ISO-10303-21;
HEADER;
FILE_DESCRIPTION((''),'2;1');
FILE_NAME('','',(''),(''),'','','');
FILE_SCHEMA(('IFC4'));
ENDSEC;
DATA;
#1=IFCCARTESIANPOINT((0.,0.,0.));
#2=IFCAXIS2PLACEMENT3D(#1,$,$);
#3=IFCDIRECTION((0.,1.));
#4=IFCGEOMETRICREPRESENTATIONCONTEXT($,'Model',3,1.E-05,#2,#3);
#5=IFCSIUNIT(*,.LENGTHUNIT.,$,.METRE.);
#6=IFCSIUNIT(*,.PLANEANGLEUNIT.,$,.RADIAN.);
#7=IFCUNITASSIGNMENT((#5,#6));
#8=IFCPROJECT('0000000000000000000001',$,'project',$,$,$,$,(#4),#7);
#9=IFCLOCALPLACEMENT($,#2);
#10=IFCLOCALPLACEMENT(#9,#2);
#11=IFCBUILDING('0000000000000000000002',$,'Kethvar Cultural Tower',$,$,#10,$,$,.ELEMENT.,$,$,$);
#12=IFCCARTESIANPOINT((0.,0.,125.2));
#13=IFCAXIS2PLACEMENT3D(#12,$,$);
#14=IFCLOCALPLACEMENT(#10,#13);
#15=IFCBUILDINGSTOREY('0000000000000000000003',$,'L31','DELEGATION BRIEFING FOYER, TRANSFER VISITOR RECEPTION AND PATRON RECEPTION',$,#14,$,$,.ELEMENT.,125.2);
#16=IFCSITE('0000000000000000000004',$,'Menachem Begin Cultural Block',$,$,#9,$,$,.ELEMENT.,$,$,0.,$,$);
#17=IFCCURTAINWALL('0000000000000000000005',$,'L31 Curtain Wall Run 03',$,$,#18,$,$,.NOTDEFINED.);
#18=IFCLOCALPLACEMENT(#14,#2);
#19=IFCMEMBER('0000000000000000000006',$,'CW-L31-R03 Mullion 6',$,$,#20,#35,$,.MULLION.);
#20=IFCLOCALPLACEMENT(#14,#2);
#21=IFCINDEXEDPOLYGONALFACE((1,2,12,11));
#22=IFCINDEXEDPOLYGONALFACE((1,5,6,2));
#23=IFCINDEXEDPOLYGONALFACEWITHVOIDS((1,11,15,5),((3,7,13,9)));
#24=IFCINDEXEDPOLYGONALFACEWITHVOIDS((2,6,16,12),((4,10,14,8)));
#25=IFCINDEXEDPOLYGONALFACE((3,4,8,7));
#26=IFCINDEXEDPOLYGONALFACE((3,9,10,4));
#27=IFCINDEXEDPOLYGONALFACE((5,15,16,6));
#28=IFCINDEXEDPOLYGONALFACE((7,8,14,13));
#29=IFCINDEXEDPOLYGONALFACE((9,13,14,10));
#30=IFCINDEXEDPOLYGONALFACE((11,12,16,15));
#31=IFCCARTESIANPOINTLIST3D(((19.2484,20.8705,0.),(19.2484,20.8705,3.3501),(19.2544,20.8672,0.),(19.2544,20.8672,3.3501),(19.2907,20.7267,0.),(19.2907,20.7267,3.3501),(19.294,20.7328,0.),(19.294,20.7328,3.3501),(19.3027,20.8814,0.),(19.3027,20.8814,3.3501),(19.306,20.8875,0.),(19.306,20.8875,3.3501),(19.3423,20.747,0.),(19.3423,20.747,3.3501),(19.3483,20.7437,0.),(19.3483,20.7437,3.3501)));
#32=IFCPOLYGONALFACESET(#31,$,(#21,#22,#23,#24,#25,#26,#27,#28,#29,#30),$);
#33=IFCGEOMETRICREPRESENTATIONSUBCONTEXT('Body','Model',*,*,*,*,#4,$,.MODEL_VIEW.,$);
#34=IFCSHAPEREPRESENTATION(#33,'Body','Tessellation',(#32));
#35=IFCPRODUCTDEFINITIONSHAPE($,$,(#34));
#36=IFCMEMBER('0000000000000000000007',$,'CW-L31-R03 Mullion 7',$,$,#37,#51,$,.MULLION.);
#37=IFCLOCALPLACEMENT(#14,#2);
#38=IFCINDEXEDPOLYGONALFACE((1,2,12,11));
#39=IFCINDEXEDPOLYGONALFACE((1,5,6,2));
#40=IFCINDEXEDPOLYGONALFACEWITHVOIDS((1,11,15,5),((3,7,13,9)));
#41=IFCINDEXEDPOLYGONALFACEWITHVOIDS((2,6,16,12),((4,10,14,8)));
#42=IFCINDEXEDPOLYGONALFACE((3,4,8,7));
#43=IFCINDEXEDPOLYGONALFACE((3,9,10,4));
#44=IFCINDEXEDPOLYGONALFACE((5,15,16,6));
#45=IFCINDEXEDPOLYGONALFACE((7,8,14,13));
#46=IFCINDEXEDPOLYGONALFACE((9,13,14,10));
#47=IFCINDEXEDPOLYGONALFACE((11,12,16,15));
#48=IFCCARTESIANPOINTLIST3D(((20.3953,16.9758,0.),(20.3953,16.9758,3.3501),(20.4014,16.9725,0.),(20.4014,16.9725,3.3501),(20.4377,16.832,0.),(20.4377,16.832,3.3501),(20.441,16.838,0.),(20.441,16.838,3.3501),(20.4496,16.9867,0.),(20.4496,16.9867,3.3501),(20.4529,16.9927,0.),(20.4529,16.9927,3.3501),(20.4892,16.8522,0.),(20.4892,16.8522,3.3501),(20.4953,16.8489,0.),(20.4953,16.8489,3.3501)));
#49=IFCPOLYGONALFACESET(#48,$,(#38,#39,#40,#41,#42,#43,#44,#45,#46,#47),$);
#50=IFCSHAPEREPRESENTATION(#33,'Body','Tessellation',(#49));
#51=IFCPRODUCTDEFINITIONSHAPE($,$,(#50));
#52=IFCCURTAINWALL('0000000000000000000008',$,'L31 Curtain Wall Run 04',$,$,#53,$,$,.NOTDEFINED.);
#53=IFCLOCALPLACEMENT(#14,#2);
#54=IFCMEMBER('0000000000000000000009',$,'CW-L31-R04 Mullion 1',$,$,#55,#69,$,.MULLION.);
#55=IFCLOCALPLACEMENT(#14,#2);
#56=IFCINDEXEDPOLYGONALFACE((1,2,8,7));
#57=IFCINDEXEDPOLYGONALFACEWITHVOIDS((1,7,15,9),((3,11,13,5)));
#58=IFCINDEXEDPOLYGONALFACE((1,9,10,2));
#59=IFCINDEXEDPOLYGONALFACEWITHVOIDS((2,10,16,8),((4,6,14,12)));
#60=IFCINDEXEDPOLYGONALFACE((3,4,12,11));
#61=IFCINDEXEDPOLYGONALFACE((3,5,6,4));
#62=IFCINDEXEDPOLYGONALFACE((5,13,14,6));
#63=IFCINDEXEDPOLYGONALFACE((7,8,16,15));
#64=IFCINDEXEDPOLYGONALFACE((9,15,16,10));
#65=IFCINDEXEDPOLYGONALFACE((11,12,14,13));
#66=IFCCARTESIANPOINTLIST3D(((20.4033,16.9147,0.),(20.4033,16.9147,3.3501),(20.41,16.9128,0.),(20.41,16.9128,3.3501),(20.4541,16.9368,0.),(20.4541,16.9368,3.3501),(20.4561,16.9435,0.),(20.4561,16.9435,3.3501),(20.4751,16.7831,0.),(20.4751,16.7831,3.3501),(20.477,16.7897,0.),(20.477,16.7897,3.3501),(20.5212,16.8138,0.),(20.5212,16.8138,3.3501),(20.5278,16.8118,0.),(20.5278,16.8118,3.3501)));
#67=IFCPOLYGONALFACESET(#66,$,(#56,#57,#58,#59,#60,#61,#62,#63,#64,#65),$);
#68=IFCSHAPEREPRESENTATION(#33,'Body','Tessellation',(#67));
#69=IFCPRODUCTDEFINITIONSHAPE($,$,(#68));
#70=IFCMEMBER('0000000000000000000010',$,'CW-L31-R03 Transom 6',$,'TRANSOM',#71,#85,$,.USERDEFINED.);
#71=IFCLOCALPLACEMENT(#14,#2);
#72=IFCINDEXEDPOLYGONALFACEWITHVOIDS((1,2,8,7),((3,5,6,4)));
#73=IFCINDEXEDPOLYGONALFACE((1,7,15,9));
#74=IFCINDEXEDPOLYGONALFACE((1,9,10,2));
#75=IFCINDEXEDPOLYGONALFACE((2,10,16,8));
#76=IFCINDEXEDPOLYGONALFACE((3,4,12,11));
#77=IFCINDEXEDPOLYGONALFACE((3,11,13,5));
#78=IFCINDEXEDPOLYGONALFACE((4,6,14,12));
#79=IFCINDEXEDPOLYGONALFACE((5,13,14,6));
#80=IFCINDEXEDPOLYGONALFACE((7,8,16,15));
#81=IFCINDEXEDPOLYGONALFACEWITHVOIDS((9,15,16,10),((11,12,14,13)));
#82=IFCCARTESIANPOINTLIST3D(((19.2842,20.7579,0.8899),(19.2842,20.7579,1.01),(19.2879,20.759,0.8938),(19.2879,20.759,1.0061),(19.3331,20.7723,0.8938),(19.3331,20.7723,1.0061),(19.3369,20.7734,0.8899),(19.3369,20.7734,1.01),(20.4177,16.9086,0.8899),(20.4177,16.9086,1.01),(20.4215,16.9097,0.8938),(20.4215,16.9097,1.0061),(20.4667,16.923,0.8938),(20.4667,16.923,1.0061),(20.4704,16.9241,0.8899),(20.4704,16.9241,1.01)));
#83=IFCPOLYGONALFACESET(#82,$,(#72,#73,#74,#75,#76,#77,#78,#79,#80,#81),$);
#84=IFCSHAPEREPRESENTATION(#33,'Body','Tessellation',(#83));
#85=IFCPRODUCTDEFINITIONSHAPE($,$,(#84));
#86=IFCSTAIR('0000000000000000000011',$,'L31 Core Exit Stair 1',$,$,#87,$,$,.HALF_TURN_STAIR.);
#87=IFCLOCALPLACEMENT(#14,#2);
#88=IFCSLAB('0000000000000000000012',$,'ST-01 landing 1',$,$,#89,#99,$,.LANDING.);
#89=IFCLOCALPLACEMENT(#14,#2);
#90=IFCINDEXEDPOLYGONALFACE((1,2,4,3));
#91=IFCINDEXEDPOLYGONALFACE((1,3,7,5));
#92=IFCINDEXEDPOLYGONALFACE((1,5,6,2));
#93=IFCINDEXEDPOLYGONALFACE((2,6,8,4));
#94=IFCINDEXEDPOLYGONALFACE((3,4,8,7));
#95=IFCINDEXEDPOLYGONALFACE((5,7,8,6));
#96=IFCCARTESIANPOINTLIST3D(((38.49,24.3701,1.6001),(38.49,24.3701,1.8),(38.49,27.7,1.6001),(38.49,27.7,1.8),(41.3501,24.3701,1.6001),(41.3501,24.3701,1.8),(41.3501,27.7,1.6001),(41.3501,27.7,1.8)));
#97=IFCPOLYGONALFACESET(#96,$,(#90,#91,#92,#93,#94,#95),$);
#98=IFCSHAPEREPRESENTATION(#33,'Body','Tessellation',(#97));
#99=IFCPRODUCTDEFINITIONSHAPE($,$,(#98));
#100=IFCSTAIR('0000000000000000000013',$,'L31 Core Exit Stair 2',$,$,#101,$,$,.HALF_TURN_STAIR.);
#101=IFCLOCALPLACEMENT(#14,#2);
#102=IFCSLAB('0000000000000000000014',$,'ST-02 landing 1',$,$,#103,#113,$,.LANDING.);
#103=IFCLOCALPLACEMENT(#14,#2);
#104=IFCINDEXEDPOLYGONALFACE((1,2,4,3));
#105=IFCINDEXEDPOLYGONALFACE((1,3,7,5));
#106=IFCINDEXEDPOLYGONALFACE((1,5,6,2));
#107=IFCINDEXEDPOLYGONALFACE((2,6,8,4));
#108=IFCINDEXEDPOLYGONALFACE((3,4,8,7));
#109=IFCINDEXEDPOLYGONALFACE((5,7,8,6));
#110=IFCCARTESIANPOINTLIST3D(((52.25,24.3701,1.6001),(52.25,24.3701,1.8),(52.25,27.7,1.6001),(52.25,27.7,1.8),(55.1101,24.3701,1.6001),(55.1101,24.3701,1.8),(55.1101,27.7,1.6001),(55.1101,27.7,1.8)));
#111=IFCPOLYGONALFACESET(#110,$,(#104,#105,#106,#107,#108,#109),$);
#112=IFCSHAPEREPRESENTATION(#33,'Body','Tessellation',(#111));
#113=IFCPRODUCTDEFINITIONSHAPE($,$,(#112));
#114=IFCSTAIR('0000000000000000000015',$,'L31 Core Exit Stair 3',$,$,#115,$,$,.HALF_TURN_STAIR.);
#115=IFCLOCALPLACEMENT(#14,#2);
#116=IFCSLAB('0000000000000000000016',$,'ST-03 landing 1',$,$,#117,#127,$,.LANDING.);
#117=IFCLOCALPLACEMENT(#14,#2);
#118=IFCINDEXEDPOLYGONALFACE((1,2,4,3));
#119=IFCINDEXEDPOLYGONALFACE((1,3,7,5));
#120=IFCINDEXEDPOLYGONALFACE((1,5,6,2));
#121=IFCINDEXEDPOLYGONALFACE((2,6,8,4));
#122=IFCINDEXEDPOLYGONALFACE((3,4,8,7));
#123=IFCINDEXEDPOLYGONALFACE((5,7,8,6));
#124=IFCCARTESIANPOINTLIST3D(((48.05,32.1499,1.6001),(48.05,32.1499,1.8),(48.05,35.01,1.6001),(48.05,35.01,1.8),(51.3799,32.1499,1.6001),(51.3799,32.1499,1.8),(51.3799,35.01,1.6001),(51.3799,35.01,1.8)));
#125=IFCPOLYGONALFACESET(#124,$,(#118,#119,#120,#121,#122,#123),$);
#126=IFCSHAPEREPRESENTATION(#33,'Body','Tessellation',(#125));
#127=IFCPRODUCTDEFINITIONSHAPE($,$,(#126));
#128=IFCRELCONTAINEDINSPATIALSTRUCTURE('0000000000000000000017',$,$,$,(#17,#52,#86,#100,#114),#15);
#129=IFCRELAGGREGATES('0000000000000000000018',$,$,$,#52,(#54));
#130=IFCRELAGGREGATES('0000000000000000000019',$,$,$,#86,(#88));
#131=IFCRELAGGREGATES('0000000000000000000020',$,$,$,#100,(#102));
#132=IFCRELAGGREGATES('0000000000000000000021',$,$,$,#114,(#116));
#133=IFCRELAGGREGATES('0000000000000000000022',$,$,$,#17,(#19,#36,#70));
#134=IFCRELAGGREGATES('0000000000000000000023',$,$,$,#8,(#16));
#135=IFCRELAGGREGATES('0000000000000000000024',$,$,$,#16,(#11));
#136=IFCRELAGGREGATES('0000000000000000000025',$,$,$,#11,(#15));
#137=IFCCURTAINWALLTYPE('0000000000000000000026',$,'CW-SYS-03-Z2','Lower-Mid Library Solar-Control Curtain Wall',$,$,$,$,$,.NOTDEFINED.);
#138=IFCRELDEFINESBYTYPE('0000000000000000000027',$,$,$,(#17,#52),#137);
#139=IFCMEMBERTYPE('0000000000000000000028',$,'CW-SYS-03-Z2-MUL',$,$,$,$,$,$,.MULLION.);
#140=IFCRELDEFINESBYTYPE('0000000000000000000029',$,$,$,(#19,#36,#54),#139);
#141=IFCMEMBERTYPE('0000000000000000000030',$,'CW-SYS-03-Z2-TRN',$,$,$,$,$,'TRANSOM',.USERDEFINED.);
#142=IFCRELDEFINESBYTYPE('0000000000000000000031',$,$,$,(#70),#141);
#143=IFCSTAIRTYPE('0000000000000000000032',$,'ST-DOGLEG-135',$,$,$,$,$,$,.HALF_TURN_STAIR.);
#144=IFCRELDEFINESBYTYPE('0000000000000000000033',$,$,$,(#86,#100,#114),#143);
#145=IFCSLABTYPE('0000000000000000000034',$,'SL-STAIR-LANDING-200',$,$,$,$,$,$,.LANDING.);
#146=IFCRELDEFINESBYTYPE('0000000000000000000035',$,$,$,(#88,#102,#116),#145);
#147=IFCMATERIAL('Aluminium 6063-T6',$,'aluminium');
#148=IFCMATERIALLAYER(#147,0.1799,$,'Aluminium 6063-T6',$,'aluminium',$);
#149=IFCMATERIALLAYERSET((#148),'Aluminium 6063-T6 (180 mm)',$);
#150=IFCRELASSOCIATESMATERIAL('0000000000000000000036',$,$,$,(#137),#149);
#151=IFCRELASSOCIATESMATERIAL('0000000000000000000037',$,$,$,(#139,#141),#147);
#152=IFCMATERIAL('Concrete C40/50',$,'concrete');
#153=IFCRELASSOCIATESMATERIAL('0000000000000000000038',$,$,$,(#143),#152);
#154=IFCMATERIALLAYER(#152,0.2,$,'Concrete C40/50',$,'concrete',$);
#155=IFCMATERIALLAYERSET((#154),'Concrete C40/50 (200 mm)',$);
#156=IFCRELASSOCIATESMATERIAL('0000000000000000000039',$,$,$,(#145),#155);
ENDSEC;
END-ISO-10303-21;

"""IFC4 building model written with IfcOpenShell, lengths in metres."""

from ifc_helpers import new_model, si_unit, direction, frame, origin, origin_2d, place, context, subcontext, project, spatial, polyline, hollow_rectangle, outline, extrude, source, transform, mapped, material, layer, layer_set, material_profile, profile_set, type_object, element, aggregate, save


model = new_model("IFC4")

# Units and contexts
model_context = context("Model", 3, precision=1e-05, world=origin(), true_north=direction((0.0, 1.0)))
body_context = subcontext(model_context, "Body", "Model", "MODEL_VIEW")
ifc_project = project(units=[si_unit("LENGTHUNIT", "METRE"), si_unit("PLANEANGLEUNIT", "RADIAN")], contexts=[model_context])

# Site, building, storey
site_placement = place(None, origin())
site = spatial("IfcSite", under=ifc_project, at=site_placement, Name="Menachem Begin Cultural Block", CompositionType="ELEMENT", RefElevation=0.0)
building_placement = place(site_placement, origin())
building = spatial("IfcBuilding", under=site, at=building_placement, Name="Kethvar Cultural Tower", CompositionType="ELEMENT")
storey_placement = place(building_placement, frame((0.0, 0.0, 125.2)))
storey = spatial("IfcBuildingStorey", under=building, at=storey_placement, Name="L31", Description="DELEGATION BRIEFING FOYER, TRANSFER VISITOR RECEPTION AND PATRON RECEPTION", CompositionType="ELEMENT", Elevation=125.2)

# Curtain wall, members
ifc_material_1 = material(Name="Aluminium 6063-T6", Category="aluminium")
ifc_layer_1 = layer(ifc_material_1, 0.1799, Name="Aluminium 6063-T6", Category="aluminium")
ifc_layer_set_1 = layer_set([ifc_layer_1], Name="Aluminium 6063-T6 (180 mm)")
curtain_wall_type = type_object("IfcCurtainWallType", Name="CW-SYS-03-Z2", Description="Lower-Mid Library Solar-Control Curtain Wall", PredefinedType="NOTDEFINED", material=ifc_layer_set_1)
curtain_wall_1_placement = place(storey_placement, origin())
curtain_wall_1 = element("IfcCurtainWall", 1, at=curtain_wall_1_placement, inside=storey, type_object=curtain_wall_type, Name="L31 Curtain Wall Run 03", PredefinedType="NOTDEFINED")
ifc_material_profile_1 = material_profile(ifc_material_1, hollow_rectangle(XDim=0.0601, YDim=0.1499, WallThickness=0.0049, at=origin_2d()), Name="Aluminium 6063-T6 — RHS150x60x5")
ifc_profile_set_1 = profile_set([ifc_material_profile_1], Name="Aluminium 6063-T6 — RHS150x60x5")
member_type_1 = type_object("IfcMemberType", Name="CW-SYS-03-Z2-MUL", PredefinedType="MULLION", material=ifc_profile_set_1)
shared_shape_1 = source(origin(), body_context, "Body", "SweptSolid", [
    extrude(hollow_rectangle(XDim=0.0601, YDim=0.1499, WallThickness=0.0049, at=origin_2d()), origin(), (0.0, 0.0, 1.0), 3.3501),
])
member_1_placement = place(storey_placement, frame((19.2983, 20.8071, 0.0), z_axis=(0.0, 0.0, 1.0), x_axis=(0.959275, 0.282475, 0.0)))
member_1 = element("IfcMember", 2, at=member_1_placement, type_object=member_type_1, Name="CW-L31-R03 Mullion 6", PredefinedType="MULLION", context=body_context, shape_type="MappedRepresentation", body=[
    mapped(shared_shape_1, transform((0.0, 0.0, 0.0), scale=1.0)),
])
member_2_placement = place(storey_placement, frame((20.4453, 16.9124, 0.0), z_axis=(0.0, 0.0, 1.0), x_axis=(0.959275, 0.282475, 0.0)))
member_2 = element("IfcMember", 3, at=member_2_placement, type_object=member_type_1, Name="CW-L31-R03 Mullion 7", PredefinedType="MULLION", context=body_context, shape_type="MappedRepresentation", body=[
    mapped(shared_shape_1, transform((0.0, 0.0, 0.0), scale=1.0)),
])

# Curtain wall, member
curtain_wall_2_placement = place(storey_placement, origin())
curtain_wall_2 = element("IfcCurtainWall", 4, at=curtain_wall_2_placement, inside=storey, type_object=curtain_wall_type, Name="L31 Curtain Wall Run 04", PredefinedType="NOTDEFINED")
member_3_placement = place(storey_placement, frame((20.4656, 16.8633, 0.0), z_axis=(0.0, 0.0, 1.0), x_axis=(0.878041, 0.478585, 0.0)))
member_3 = element("IfcMember", 5, at=member_3_placement, type_object=member_type_1, Name="CW-L31-R04 Mullion 1", PredefinedType="MULLION", context=body_context, shape_type="MappedRepresentation", body=[
    mapped(shared_shape_1, transform((0.0, 0.0, 0.0), scale=1.0)),
])
aggregate(curtain_wall_2, [member_3])

# Member
ifc_material_profile_2 = material_profile(ifc_material_1, hollow_rectangle(XDim=0.0549, YDim=0.1201, WallThickness=0.0039, at=origin_2d()), Name="Aluminium 6063-T6 — RHS120x55x4")
ifc_profile_set_2 = profile_set([ifc_material_profile_2], Name="Aluminium 6063-T6 — RHS120x55x4")
member_type_2 = type_object("IfcMemberType", Name="CW-SYS-03-Z2-TRN", ElementType="TRANSOM", PredefinedType="USERDEFINED", material=ifc_profile_set_2)
shared_shape_2 = source(origin(), body_context, "Body", "SweptSolid", [
    extrude(hollow_rectangle(XDim=0.0549, YDim=0.1201, WallThickness=0.0039, at=origin_2d()), origin(), (0.0, 0.0, 1.0), 4.0127),
])
member_4_placement = place(storey_placement, frame((19.3105, 20.7656, 0.95), z_axis=(0.282483, -0.959272, 0.0), x_axis=(0.959272, 0.282483, 0.0)))
member_4 = element("IfcMember", 6, at=member_4_placement, type_object=member_type_2, Name="CW-L31-R03 Transom 6", ObjectType="TRANSOM", PredefinedType="USERDEFINED", context=body_context, shape_type="MappedRepresentation", body=[
    mapped(shared_shape_2, transform((0.0, 0.0, 0.0), scale=1.0)),
])

# Stairs, slabs
ifc_material_2 = material(Name="Concrete C40/50", Category="concrete")
stair_type = type_object("IfcStairType", Name="ST-DOGLEG-135", PredefinedType="HALF_TURN_STAIR", material=ifc_material_2)
stair_1_placement = place(storey_placement, origin())
stair_1 = element("IfcStair", 7, at=stair_1_placement, inside=storey, type_object=stair_type, Name="L31 Core Exit Stair 1", PredefinedType="HALF_TURN_STAIR")
ifc_layer_2 = layer(ifc_material_2, 0.2, Name="Concrete C40/50", Category="concrete")
ifc_layer_set_2 = layer_set([ifc_layer_2], Name="Concrete C40/50 (200 mm)")
slab_type_1 = type_object("IfcSlabType", Name="SL-STAIR-LANDING-200", PredefinedType="LANDING", material=ifc_layer_set_2)
slab_1_placement = place(storey_placement, frame((0.0, 0.0, 1.6001)))
slab_1 = element("IfcSlab", 8, at=slab_1_placement, type_object=slab_type_1, Name="ST-01 landing 1", PredefinedType="LANDING", context=body_context, shape_type="SweptSolid", body=[
    extrude(outline(polyline([(41.3501, 24.3701), (41.3501, 27.7), (38.49, 27.7), (38.49, 24.3701), (41.3501, 24.3701)])), origin(), (0.0, 0.0, 1.0), 0.2),
])
aggregate(stair_1, [slab_1])
stair_2_placement = place(storey_placement, origin())
stair_2 = element("IfcStair", 9, at=stair_2_placement, inside=storey, type_object=stair_type, Name="L31 Core Exit Stair 2", PredefinedType="HALF_TURN_STAIR")
slab_2_placement = place(storey_placement, frame((0.0, 0.0, 1.6001)))
slab_2 = element("IfcSlab", 10, at=slab_2_placement, type_object=slab_type_1, Name="ST-02 landing 1", PredefinedType="LANDING", context=body_context, shape_type="SweptSolid", body=[
    extrude(outline(polyline([(55.1101, 24.3701), (55.1101, 27.7), (52.25, 27.7), (52.25, 24.3701), (55.1101, 24.3701)])), origin(), (0.0, 0.0, 1.0), 0.2),
])
aggregate(stair_2, [slab_2])
stair_3_placement = place(storey_placement, origin())
stair_3 = element("IfcStair", 11, at=stair_3_placement, inside=storey, type_object=stair_type, Name="L31 Core Exit Stair 3", PredefinedType="HALF_TURN_STAIR")
slab_3_placement = place(storey_placement, frame((0.0, 0.0, 1.6001)))
slab_3 = element("IfcSlab", 12, at=slab_3_placement, type_object=slab_type_1, Name="ST-03 landing 1", PredefinedType="LANDING", context=body_context, shape_type="SweptSolid", body=[
    extrude(outline(polyline([(51.3799, 35.01), (48.05, 35.01), (48.05, 32.1499), (51.3799, 32.1499), (51.3799, 35.01)])), origin(), (0.0, 0.0, 1.0), 0.2),
])
aggregate(stair_3, [slab_3])

aggregate(curtain_wall_1, [member_1, member_2, member_4])

save(model, "model.ifc")
